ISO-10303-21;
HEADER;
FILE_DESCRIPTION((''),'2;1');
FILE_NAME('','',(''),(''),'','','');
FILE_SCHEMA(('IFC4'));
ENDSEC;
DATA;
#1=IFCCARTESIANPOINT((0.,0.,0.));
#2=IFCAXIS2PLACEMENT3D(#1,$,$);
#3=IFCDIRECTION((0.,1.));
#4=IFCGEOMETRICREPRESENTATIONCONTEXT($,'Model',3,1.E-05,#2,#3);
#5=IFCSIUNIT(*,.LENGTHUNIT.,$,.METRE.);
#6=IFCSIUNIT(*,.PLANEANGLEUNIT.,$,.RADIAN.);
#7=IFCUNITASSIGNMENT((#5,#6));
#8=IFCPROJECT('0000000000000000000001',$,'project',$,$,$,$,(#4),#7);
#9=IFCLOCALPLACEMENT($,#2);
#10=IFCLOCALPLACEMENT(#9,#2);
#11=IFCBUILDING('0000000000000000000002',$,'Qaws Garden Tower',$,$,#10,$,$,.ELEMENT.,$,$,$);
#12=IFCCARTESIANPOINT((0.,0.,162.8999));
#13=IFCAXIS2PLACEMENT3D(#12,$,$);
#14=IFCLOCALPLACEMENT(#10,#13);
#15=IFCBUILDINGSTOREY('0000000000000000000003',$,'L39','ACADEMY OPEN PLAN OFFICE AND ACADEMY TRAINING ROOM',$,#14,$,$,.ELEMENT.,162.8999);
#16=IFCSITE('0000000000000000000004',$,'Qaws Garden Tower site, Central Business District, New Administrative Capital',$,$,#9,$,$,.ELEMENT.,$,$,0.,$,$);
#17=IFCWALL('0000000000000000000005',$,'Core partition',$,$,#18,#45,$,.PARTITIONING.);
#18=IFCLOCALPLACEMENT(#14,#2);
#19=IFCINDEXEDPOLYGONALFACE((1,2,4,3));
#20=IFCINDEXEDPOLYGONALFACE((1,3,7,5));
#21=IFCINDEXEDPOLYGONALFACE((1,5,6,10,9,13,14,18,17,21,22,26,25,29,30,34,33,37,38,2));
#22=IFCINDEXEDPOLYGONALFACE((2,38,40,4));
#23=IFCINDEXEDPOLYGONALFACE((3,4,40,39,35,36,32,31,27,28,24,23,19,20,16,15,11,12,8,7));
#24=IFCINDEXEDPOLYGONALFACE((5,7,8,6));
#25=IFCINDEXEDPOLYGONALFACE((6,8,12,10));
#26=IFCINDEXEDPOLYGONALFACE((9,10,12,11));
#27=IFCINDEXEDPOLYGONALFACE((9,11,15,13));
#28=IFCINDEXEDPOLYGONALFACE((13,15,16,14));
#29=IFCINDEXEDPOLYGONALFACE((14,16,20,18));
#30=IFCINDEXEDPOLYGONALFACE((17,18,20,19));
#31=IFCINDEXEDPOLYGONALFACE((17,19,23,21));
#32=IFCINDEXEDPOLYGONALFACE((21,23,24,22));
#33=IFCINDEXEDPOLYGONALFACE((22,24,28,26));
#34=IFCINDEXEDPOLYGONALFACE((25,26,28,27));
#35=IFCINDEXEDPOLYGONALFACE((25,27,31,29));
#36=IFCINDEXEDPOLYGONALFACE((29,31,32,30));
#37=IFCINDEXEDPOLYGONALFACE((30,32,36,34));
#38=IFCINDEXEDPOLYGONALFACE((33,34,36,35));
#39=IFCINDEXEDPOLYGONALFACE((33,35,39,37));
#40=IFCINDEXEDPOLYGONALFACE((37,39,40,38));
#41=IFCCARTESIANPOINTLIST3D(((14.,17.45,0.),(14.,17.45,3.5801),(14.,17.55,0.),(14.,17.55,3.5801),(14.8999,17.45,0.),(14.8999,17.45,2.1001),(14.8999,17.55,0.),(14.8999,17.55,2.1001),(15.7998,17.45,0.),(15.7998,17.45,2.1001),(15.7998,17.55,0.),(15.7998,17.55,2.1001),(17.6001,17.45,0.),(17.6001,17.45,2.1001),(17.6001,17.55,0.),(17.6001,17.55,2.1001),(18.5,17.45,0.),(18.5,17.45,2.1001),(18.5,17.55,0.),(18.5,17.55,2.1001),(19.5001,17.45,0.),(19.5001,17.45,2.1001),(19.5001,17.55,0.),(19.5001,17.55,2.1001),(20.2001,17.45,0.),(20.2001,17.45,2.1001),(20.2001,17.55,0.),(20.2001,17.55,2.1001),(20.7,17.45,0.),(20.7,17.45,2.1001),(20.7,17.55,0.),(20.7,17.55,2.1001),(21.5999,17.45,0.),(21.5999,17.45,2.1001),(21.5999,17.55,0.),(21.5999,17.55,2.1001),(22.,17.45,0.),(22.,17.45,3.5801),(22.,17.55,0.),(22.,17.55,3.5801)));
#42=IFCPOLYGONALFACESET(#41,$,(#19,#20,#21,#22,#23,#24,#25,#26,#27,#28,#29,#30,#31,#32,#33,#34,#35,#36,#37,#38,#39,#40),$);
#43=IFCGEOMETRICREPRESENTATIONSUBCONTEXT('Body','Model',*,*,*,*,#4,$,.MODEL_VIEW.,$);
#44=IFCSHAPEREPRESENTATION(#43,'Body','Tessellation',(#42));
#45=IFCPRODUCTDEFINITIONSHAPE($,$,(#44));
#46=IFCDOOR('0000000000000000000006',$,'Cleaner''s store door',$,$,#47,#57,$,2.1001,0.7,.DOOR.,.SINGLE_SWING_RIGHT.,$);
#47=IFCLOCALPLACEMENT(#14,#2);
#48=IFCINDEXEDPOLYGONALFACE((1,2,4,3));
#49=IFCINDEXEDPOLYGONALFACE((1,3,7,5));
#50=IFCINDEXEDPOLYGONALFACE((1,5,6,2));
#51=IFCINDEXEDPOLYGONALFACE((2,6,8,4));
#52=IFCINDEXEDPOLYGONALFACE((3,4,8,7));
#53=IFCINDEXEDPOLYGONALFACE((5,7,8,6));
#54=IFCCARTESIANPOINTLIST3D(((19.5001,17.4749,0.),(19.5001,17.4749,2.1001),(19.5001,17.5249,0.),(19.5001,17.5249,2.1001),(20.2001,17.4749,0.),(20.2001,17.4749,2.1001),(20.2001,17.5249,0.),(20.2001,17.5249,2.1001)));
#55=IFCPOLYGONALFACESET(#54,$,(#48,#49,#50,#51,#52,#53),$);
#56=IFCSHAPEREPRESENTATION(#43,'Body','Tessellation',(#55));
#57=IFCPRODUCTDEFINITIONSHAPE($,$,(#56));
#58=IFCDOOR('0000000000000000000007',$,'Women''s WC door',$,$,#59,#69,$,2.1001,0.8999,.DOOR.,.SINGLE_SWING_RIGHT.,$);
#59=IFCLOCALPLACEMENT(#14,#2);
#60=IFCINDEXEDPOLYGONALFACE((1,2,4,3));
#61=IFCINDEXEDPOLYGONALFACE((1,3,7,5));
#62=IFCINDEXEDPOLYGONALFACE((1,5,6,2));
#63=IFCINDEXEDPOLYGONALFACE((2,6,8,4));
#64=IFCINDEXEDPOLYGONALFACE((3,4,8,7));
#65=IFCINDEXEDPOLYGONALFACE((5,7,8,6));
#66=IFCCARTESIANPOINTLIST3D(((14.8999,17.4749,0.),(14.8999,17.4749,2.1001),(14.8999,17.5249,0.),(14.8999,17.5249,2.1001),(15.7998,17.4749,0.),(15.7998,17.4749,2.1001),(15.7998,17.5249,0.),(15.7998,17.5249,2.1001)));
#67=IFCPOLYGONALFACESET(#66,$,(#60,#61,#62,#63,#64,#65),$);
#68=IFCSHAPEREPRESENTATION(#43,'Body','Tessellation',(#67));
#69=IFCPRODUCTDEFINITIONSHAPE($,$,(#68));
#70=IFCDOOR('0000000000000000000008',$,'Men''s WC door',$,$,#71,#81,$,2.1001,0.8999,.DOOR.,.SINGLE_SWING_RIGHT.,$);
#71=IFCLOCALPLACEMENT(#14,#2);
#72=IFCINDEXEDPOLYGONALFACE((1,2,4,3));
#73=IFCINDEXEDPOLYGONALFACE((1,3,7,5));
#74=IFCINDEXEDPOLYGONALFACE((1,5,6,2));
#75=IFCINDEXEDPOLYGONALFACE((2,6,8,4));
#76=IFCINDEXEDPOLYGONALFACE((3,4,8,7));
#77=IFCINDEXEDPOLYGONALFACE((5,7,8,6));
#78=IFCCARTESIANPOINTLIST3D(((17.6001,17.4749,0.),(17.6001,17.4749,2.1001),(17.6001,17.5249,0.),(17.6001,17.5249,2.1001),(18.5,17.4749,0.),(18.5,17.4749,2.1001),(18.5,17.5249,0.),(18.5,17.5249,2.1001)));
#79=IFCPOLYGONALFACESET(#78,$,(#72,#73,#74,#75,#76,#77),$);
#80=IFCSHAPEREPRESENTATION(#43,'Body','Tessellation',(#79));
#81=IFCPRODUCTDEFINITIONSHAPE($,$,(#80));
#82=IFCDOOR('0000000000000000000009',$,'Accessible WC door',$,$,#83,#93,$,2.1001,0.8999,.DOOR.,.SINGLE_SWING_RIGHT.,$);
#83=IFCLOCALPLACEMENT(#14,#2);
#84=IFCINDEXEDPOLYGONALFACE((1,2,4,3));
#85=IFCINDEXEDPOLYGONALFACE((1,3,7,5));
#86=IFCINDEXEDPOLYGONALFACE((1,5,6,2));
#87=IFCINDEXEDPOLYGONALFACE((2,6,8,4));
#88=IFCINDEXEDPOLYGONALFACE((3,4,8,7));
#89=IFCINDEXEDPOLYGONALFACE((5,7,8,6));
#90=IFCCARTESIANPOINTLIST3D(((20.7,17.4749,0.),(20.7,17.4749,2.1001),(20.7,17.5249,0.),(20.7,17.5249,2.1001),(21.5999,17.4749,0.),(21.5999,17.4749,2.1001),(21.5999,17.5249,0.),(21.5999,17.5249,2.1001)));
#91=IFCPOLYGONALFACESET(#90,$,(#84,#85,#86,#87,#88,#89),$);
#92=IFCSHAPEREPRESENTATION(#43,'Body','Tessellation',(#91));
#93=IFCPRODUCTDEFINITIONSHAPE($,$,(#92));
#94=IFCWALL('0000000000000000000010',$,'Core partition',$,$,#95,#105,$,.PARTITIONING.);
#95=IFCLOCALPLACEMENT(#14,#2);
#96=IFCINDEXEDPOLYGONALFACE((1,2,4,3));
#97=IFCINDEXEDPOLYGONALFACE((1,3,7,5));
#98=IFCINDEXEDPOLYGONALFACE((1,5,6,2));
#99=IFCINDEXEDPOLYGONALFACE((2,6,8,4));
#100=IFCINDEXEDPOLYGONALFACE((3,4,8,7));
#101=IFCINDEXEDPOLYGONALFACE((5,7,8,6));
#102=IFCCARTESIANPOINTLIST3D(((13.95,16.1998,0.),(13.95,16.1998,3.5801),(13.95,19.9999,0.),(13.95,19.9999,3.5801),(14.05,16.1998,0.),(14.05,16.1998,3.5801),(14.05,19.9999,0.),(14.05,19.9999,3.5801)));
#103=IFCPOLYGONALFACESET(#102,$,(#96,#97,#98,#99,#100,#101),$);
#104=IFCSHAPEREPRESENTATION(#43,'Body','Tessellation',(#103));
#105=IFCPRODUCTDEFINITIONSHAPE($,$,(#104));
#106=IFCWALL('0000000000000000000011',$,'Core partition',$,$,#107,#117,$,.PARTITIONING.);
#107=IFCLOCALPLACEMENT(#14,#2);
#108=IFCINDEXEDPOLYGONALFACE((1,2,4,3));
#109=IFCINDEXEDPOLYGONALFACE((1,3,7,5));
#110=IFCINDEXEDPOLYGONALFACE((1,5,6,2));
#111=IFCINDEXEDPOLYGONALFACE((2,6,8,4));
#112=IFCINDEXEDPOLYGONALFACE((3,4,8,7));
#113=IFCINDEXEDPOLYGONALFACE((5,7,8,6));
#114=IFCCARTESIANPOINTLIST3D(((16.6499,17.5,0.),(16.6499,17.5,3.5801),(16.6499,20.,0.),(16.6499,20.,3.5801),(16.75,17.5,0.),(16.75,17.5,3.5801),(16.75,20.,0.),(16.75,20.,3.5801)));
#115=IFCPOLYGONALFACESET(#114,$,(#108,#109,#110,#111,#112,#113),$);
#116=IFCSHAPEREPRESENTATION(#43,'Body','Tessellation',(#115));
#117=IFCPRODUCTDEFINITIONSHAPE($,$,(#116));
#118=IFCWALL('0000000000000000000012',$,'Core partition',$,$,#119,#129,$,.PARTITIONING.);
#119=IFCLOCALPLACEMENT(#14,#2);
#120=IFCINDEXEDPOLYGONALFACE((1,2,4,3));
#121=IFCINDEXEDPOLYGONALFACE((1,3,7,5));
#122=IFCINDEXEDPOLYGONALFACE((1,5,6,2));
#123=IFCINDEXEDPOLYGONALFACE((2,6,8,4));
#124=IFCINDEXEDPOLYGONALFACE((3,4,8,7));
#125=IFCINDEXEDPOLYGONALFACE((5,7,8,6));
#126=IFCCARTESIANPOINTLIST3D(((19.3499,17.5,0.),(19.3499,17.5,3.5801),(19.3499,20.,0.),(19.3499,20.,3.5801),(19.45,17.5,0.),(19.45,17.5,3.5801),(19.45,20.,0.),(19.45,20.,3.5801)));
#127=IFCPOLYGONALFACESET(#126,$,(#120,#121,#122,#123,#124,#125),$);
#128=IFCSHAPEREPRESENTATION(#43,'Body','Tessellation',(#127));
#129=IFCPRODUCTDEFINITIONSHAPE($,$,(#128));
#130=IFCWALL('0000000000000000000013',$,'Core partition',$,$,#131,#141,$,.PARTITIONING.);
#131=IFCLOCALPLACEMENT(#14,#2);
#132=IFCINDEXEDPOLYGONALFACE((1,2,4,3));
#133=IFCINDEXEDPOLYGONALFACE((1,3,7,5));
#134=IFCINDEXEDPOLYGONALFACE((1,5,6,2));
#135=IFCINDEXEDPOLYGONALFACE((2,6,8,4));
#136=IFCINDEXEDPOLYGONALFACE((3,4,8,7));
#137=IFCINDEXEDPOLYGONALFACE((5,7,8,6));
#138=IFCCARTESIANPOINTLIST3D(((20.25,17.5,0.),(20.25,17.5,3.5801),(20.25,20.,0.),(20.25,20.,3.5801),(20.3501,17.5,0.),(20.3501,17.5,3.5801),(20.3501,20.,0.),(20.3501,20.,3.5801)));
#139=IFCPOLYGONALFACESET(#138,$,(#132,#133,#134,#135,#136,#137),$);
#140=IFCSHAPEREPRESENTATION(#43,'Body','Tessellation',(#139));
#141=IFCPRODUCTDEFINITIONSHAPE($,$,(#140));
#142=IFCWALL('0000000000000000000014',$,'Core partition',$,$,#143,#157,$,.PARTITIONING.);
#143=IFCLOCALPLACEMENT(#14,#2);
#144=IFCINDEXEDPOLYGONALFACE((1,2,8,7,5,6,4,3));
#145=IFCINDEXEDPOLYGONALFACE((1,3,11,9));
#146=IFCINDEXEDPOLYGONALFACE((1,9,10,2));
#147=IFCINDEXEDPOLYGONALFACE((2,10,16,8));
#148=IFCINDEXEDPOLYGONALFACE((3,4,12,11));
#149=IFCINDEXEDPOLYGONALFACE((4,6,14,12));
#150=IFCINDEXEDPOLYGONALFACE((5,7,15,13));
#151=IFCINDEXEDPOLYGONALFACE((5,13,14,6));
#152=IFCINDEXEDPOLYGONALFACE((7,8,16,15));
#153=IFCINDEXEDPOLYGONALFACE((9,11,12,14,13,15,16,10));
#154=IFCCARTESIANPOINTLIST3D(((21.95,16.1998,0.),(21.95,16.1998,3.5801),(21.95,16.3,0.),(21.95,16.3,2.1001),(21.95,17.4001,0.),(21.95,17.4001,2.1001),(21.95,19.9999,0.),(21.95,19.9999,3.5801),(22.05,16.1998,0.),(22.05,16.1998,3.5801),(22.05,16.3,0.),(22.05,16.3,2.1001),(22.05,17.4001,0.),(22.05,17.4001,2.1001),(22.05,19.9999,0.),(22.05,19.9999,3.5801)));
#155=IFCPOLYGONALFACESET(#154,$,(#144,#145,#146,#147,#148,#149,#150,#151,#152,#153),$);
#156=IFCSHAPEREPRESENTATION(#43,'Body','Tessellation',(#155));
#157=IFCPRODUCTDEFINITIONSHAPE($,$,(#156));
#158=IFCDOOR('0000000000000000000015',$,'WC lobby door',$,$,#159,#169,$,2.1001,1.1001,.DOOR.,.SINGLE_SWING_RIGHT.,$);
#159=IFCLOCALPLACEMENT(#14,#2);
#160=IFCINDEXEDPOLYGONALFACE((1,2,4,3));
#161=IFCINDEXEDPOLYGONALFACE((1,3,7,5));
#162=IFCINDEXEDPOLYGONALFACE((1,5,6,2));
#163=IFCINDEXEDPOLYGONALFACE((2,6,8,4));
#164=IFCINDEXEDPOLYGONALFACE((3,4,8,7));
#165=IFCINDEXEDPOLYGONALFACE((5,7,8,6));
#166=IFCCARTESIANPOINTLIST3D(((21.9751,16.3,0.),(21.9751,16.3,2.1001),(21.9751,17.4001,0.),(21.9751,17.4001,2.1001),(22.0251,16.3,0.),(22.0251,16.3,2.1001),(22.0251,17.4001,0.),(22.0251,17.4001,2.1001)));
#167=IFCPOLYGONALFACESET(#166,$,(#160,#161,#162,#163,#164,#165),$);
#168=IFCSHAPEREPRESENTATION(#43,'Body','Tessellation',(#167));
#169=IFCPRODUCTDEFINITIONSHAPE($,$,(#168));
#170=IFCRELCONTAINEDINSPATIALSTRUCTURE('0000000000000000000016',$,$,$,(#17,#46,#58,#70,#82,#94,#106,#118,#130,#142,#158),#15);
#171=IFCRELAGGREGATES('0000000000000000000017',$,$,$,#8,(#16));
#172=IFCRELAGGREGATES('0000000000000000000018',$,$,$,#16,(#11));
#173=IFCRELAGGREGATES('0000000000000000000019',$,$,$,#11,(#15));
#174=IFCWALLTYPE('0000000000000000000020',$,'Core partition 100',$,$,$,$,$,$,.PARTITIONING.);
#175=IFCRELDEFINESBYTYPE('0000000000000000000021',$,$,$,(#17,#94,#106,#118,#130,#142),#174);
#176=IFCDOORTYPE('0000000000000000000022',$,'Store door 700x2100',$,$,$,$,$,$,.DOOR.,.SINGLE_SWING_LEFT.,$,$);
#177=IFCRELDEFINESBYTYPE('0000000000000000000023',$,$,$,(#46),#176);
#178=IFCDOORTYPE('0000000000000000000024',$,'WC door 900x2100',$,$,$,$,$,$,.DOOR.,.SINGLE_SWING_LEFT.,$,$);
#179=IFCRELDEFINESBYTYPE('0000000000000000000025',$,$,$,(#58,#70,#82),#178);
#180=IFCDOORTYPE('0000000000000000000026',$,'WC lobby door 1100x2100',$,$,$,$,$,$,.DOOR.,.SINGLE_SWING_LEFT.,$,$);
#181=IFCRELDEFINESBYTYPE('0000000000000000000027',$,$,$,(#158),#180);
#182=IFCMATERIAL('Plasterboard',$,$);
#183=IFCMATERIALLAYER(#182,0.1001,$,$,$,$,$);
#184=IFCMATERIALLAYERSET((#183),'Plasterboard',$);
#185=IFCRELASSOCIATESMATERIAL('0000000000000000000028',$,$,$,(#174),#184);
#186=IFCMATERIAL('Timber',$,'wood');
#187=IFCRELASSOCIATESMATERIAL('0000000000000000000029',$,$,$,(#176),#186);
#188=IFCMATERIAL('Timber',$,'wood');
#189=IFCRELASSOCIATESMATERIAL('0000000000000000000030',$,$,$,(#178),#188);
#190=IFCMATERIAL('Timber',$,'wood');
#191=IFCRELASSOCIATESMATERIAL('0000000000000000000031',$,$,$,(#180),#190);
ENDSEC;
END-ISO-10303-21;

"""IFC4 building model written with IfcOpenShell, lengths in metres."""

from ifc_helpers import new_model, si_unit, direction, frame, frame_2d, origin, place, context, subcontext, project, spatial, rectangle, extrude, material, layer, layer_set, type_object, element, fill, save


model = new_model("IFC4")

# Units and contexts
model_context = context("Model", 3, precision=1e-05, world=origin(), true_north=direction((0.0, 1.0)))
body_context = subcontext(model_context, "Body", "Model", "MODEL_VIEW")
ifc_project = project(units=[si_unit("LENGTHUNIT", "METRE"), si_unit("PLANEANGLEUNIT", "RADIAN")], contexts=[model_context])

# Site, building, storey
site_placement = place(None, origin())
site = spatial("IfcSite", under=ifc_project, at=site_placement, Name="Qaws Garden Tower site, Central Business District, New Administrative Capital", CompositionType="ELEMENT", RefElevation=0.0)
building_placement = place(site_placement, origin())
building = spatial("IfcBuilding", under=site, at=building_placement, Name="Qaws Garden Tower", CompositionType="ELEMENT")
storey_placement = place(building_placement, frame((0.0, 0.0, 162.8999)))
storey = spatial("IfcBuildingStorey", under=building, at=storey_placement, Name="L39", Description="ACADEMY OPEN PLAN OFFICE AND ACADEMY TRAINING ROOM", CompositionType="ELEMENT", Elevation=162.8999)

# Wall, openings, doors
ifc_material_1 = material(Name="Plasterboard")
ifc_layer_1 = layer(ifc_material_1, 0.1001)
ifc_layer_set_1 = layer_set([ifc_layer_1], Name="Plasterboard")
wall_type_1 = type_object("IfcWallType", Name="Core partition 100", PredefinedType="PARTITIONING", material=ifc_layer_set_1)
wall_1_placement = place(storey_placement, frame((14.0, 17.5, 0.0), z_axis=(0.0, 0.0, 1.0), x_axis=(1.0, 0.0, 0.0)))
wall_1 = element("IfcWall", 1, at=wall_1_placement, inside=storey, type_object=wall_type_1, Name="Core partition", PredefinedType="PARTITIONING", context=body_context, shape_type="SweptSolid", body=[
    extrude(rectangle(XDim=8.0, YDim=0.1001, at=frame_2d((4.0, 0.0))), origin(), (0.0, 0.0, 1.0), 3.5801),
])
opening_1_placement = place(wall_1_placement, frame((0.8999, 0.0, 0.0)))
opening_1 = element("IfcOpeningElement", 2, at=opening_1_placement, cuts=wall_1, PredefinedType="OPENING", context=body_context, shape_type="SweptSolid", body=[
    extrude(rectangle(XDim=0.8999, YDim=2.1001, at=frame_2d((0.45, 1.05))), frame((0.0, 0.0601, 0.0), z_axis=(0.0, -1.0, 0.0), x_axis=(1.0, 0.0, 0.0)), (0.0, 0.0, 1.0), 0.1201),
])
opening_2_placement = place(wall_1_placement, frame((3.6001, 0.0, 0.0)))
opening_2 = element("IfcOpeningElement", 3, at=opening_2_placement, cuts=wall_1, PredefinedType="OPENING", context=body_context, shape_type="SweptSolid", body=[
    extrude(rectangle(XDim=0.8999, YDim=2.1001, at=frame_2d((0.45, 1.05))), frame((0.0, 0.0601, 0.0), z_axis=(0.0, -1.0, 0.0), x_axis=(1.0, 0.0, 0.0)), (0.0, 0.0, 1.0), 0.1201),
])
opening_3_placement = place(wall_1_placement, frame((5.5, 0.0, 0.0)))
opening_3 = element("IfcOpeningElement", 4, at=opening_3_placement, cuts=wall_1, PredefinedType="OPENING", context=body_context, shape_type="SweptSolid", body=[
    extrude(rectangle(XDim=0.7, YDim=2.1001, at=frame_2d((0.3501, 1.05))), frame((0.0, 0.0601, 0.0), z_axis=(0.0, -1.0, 0.0), x_axis=(1.0, 0.0, 0.0)), (0.0, 0.0, 1.0), 0.1201),
])
opening_4_placement = place(wall_1_placement, frame((6.7, 0.0, 0.0)))
opening_4 = element("IfcOpeningElement", 5, at=opening_4_placement, cuts=wall_1, PredefinedType="OPENING", context=body_context, shape_type="SweptSolid", body=[
    extrude(rectangle(XDim=0.8999, YDim=2.1001, at=frame_2d((0.45, 1.05))), frame((0.0, 0.0601, 0.0), z_axis=(0.0, -1.0, 0.0), x_axis=(1.0, 0.0, 0.0)), (0.0, 0.0, 1.0), 0.1201),
])
ifc_material_2 = material(Name="Timber", Category="wood")
door_type_1 = type_object("IfcDoorType", Name="Store door 700x2100", OperationType="SINGLE_SWING_LEFT", PredefinedType="DOOR", material=ifc_material_2)
door_1_placement = place(opening_3_placement, origin())
door_1 = element("IfcDoor", 6, at=door_1_placement, inside=storey, type_object=door_type_1, Name="Cleaner's store door", OperationType="SINGLE_SWING_RIGHT", OverallHeight=2.1001, OverallWidth=0.7, PredefinedType="DOOR", context=body_context, shape_type="SweptSolid", body=[
    extrude(rectangle(XDim=0.7, YDim=2.1001, at=frame_2d((0.3501, 1.05))), frame((0.0, 0.0249, 0.0), z_axis=(0.0, -1.0, 0.0), x_axis=(1.0, 0.0, 0.0)), (0.0, 0.0, 1.0), 0.05),
])
fill(opening_3, door_1)
ifc_material_3 = material(Name="Timber", Category="wood")
door_type_2 = type_object("IfcDoorType", Name="WC door 900x2100", OperationType="SINGLE_SWING_LEFT", PredefinedType="DOOR", material=ifc_material_3)
door_2_placement = place(opening_1_placement, origin())
door_2 = element("IfcDoor", 7, at=door_2_placement, inside=storey, type_object=door_type_2, Name="Women's WC door", OperationType="SINGLE_SWING_RIGHT", OverallHeight=2.1001, OverallWidth=0.8999, PredefinedType="DOOR", context=body_context, shape_type="SweptSolid", body=[
    extrude(rectangle(XDim=0.8999, YDim=2.1001, at=frame_2d((0.45, 1.05))), frame((0.0, 0.0249, 0.0), z_axis=(0.0, -1.0, 0.0), x_axis=(1.0, 0.0, 0.0)), (0.0, 0.0, 1.0), 0.05),
])
fill(opening_1, door_2)
door_3_placement = place(opening_2_placement, origin())
door_3 = element("IfcDoor", 8, at=door_3_placement, inside=storey, type_object=door_type_2, Name="Men's WC door", OperationType="SINGLE_SWING_RIGHT", OverallHeight=2.1001, OverallWidth=0.8999, PredefinedType="DOOR", context=body_context, shape_type="SweptSolid", body=[
    extrude(rectangle(XDim=0.8999, YDim=2.1001, at=frame_2d((0.45, 1.05))), frame((0.0, 0.0249, 0.0), z_axis=(0.0, -1.0, 0.0), x_axis=(1.0, 0.0, 0.0)), (0.0, 0.0, 1.0), 0.05),
])
fill(opening_2, door_3)
door_4_placement = place(opening_4_placement, origin())
door_4 = element("IfcDoor", 9, at=door_4_placement, inside=storey, type_object=door_type_2, Name="Accessible WC door", OperationType="SINGLE_SWING_RIGHT", OverallHeight=2.1001, OverallWidth=0.8999, PredefinedType="DOOR", context=body_context, shape_type="SweptSolid", body=[
    extrude(rectangle(XDim=0.8999, YDim=2.1001, at=frame_2d((0.45, 1.05))), frame((0.0, 0.0249, 0.0), z_axis=(0.0, -1.0, 0.0), x_axis=(1.0, 0.0, 0.0)), (0.0, 0.0, 1.0), 0.05),
])
fill(opening_4, door_4)

# Walls
wall_2_placement = place(storey_placement, frame((14.0, 16.2, 0.0), z_axis=(0.0, 0.0, 1.0), x_axis=(0.0, 1.0, 0.0)))
element("IfcWall", 10, at=wall_2_placement, inside=storey, type_object=wall_type_1, Name="Core partition", PredefinedType="PARTITIONING", context=body_context, shape_type="SweptSolid", body=[
    extrude(rectangle(XDim=3.8, YDim=0.1001, at=frame_2d((1.8999, 0.0))), origin(), (0.0, 0.0, 1.0), 3.5801),
])
for number, where, z_axis, x_axis, name in (
    (11, (16.7, 17.5, 0.0), (0.0, 0.0, 1.0), (0.0, 1.0, 0.0), "Core partition"),
    (12, (19.3999, 17.5, 0.0), (0.0, 0.0, 1.0), (0.0, 1.0, 0.0), "Core partition"),
    (13, (20.3, 17.5, 0.0), (0.0, 0.0, 1.0), (0.0, 1.0, 0.0), "Core partition"),
):
    element("IfcWall", number, at=place(storey_placement, frame(where, z_axis=z_axis, x_axis=x_axis)), inside=storey, type_object=wall_type_1, Name=name, PredefinedType="PARTITIONING", context=body_context, shape_type="SweptSolid", body=[
        extrude(rectangle(XDim=2.5, YDim=0.1001, at=frame_2d((1.25, 0.0))), origin(), (0.0, 0.0, 1.0), 3.5801),
    ])

# Wall, opening, door
wall_3_placement = place(storey_placement, frame((22.0, 16.2, 0.0), z_axis=(0.0, 0.0, 1.0), x_axis=(0.0, 1.0, 0.0)))
wall_3 = element("IfcWall", 14, at=wall_3_placement, inside=storey, type_object=wall_type_1, Name="Core partition", PredefinedType="PARTITIONING", context=body_context, shape_type="SweptSolid", body=[
    extrude(rectangle(XDim=3.8, YDim=0.1001, at=frame_2d((1.8999, 0.0))), origin(), (0.0, 0.0, 1.0), 3.5801),
])
opening_5_placement = place(wall_3_placement, frame((0.1001, 0.0, 0.0)))
opening_5 = element("IfcOpeningElement", 15, at=opening_5_placement, cuts=wall_3, PredefinedType="OPENING", context=body_context, shape_type="SweptSolid", body=[
    extrude(rectangle(XDim=1.1001, YDim=2.1001, at=frame_2d((0.55, 1.05))), frame((0.0, 0.0601, 0.0), z_axis=(0.0, -1.0, 0.0), x_axis=(1.0, 0.0, 0.0)), (0.0, 0.0, 1.0), 0.1201),
])
ifc_material_4 = material(Name="Timber", Category="wood")
door_type_3 = type_object("IfcDoorType", Name="WC lobby door 1100x2100", OperationType="SINGLE_SWING_LEFT", PredefinedType="DOOR", material=ifc_material_4)
door_5_placement = place(opening_5_placement, origin())
door_5 = element("IfcDoor", 16, at=door_5_placement, inside=storey, type_object=door_type_3, Name="WC lobby door", OperationType="SINGLE_SWING_RIGHT", OverallHeight=2.1001, OverallWidth=1.1001, PredefinedType="DOOR", context=body_context, shape_type="SweptSolid", body=[
    extrude(rectangle(XDim=1.1001, YDim=2.1001, at=frame_2d((0.55, 1.05))), frame((0.0, 0.0249, 0.0), z_axis=(0.0, -1.0, 0.0), x_axis=(1.0, 0.0, 0.0)), (0.0, 0.0, 1.0), 0.05),
])
fill(opening_5, door_5)

save(model, "model.ifc")
